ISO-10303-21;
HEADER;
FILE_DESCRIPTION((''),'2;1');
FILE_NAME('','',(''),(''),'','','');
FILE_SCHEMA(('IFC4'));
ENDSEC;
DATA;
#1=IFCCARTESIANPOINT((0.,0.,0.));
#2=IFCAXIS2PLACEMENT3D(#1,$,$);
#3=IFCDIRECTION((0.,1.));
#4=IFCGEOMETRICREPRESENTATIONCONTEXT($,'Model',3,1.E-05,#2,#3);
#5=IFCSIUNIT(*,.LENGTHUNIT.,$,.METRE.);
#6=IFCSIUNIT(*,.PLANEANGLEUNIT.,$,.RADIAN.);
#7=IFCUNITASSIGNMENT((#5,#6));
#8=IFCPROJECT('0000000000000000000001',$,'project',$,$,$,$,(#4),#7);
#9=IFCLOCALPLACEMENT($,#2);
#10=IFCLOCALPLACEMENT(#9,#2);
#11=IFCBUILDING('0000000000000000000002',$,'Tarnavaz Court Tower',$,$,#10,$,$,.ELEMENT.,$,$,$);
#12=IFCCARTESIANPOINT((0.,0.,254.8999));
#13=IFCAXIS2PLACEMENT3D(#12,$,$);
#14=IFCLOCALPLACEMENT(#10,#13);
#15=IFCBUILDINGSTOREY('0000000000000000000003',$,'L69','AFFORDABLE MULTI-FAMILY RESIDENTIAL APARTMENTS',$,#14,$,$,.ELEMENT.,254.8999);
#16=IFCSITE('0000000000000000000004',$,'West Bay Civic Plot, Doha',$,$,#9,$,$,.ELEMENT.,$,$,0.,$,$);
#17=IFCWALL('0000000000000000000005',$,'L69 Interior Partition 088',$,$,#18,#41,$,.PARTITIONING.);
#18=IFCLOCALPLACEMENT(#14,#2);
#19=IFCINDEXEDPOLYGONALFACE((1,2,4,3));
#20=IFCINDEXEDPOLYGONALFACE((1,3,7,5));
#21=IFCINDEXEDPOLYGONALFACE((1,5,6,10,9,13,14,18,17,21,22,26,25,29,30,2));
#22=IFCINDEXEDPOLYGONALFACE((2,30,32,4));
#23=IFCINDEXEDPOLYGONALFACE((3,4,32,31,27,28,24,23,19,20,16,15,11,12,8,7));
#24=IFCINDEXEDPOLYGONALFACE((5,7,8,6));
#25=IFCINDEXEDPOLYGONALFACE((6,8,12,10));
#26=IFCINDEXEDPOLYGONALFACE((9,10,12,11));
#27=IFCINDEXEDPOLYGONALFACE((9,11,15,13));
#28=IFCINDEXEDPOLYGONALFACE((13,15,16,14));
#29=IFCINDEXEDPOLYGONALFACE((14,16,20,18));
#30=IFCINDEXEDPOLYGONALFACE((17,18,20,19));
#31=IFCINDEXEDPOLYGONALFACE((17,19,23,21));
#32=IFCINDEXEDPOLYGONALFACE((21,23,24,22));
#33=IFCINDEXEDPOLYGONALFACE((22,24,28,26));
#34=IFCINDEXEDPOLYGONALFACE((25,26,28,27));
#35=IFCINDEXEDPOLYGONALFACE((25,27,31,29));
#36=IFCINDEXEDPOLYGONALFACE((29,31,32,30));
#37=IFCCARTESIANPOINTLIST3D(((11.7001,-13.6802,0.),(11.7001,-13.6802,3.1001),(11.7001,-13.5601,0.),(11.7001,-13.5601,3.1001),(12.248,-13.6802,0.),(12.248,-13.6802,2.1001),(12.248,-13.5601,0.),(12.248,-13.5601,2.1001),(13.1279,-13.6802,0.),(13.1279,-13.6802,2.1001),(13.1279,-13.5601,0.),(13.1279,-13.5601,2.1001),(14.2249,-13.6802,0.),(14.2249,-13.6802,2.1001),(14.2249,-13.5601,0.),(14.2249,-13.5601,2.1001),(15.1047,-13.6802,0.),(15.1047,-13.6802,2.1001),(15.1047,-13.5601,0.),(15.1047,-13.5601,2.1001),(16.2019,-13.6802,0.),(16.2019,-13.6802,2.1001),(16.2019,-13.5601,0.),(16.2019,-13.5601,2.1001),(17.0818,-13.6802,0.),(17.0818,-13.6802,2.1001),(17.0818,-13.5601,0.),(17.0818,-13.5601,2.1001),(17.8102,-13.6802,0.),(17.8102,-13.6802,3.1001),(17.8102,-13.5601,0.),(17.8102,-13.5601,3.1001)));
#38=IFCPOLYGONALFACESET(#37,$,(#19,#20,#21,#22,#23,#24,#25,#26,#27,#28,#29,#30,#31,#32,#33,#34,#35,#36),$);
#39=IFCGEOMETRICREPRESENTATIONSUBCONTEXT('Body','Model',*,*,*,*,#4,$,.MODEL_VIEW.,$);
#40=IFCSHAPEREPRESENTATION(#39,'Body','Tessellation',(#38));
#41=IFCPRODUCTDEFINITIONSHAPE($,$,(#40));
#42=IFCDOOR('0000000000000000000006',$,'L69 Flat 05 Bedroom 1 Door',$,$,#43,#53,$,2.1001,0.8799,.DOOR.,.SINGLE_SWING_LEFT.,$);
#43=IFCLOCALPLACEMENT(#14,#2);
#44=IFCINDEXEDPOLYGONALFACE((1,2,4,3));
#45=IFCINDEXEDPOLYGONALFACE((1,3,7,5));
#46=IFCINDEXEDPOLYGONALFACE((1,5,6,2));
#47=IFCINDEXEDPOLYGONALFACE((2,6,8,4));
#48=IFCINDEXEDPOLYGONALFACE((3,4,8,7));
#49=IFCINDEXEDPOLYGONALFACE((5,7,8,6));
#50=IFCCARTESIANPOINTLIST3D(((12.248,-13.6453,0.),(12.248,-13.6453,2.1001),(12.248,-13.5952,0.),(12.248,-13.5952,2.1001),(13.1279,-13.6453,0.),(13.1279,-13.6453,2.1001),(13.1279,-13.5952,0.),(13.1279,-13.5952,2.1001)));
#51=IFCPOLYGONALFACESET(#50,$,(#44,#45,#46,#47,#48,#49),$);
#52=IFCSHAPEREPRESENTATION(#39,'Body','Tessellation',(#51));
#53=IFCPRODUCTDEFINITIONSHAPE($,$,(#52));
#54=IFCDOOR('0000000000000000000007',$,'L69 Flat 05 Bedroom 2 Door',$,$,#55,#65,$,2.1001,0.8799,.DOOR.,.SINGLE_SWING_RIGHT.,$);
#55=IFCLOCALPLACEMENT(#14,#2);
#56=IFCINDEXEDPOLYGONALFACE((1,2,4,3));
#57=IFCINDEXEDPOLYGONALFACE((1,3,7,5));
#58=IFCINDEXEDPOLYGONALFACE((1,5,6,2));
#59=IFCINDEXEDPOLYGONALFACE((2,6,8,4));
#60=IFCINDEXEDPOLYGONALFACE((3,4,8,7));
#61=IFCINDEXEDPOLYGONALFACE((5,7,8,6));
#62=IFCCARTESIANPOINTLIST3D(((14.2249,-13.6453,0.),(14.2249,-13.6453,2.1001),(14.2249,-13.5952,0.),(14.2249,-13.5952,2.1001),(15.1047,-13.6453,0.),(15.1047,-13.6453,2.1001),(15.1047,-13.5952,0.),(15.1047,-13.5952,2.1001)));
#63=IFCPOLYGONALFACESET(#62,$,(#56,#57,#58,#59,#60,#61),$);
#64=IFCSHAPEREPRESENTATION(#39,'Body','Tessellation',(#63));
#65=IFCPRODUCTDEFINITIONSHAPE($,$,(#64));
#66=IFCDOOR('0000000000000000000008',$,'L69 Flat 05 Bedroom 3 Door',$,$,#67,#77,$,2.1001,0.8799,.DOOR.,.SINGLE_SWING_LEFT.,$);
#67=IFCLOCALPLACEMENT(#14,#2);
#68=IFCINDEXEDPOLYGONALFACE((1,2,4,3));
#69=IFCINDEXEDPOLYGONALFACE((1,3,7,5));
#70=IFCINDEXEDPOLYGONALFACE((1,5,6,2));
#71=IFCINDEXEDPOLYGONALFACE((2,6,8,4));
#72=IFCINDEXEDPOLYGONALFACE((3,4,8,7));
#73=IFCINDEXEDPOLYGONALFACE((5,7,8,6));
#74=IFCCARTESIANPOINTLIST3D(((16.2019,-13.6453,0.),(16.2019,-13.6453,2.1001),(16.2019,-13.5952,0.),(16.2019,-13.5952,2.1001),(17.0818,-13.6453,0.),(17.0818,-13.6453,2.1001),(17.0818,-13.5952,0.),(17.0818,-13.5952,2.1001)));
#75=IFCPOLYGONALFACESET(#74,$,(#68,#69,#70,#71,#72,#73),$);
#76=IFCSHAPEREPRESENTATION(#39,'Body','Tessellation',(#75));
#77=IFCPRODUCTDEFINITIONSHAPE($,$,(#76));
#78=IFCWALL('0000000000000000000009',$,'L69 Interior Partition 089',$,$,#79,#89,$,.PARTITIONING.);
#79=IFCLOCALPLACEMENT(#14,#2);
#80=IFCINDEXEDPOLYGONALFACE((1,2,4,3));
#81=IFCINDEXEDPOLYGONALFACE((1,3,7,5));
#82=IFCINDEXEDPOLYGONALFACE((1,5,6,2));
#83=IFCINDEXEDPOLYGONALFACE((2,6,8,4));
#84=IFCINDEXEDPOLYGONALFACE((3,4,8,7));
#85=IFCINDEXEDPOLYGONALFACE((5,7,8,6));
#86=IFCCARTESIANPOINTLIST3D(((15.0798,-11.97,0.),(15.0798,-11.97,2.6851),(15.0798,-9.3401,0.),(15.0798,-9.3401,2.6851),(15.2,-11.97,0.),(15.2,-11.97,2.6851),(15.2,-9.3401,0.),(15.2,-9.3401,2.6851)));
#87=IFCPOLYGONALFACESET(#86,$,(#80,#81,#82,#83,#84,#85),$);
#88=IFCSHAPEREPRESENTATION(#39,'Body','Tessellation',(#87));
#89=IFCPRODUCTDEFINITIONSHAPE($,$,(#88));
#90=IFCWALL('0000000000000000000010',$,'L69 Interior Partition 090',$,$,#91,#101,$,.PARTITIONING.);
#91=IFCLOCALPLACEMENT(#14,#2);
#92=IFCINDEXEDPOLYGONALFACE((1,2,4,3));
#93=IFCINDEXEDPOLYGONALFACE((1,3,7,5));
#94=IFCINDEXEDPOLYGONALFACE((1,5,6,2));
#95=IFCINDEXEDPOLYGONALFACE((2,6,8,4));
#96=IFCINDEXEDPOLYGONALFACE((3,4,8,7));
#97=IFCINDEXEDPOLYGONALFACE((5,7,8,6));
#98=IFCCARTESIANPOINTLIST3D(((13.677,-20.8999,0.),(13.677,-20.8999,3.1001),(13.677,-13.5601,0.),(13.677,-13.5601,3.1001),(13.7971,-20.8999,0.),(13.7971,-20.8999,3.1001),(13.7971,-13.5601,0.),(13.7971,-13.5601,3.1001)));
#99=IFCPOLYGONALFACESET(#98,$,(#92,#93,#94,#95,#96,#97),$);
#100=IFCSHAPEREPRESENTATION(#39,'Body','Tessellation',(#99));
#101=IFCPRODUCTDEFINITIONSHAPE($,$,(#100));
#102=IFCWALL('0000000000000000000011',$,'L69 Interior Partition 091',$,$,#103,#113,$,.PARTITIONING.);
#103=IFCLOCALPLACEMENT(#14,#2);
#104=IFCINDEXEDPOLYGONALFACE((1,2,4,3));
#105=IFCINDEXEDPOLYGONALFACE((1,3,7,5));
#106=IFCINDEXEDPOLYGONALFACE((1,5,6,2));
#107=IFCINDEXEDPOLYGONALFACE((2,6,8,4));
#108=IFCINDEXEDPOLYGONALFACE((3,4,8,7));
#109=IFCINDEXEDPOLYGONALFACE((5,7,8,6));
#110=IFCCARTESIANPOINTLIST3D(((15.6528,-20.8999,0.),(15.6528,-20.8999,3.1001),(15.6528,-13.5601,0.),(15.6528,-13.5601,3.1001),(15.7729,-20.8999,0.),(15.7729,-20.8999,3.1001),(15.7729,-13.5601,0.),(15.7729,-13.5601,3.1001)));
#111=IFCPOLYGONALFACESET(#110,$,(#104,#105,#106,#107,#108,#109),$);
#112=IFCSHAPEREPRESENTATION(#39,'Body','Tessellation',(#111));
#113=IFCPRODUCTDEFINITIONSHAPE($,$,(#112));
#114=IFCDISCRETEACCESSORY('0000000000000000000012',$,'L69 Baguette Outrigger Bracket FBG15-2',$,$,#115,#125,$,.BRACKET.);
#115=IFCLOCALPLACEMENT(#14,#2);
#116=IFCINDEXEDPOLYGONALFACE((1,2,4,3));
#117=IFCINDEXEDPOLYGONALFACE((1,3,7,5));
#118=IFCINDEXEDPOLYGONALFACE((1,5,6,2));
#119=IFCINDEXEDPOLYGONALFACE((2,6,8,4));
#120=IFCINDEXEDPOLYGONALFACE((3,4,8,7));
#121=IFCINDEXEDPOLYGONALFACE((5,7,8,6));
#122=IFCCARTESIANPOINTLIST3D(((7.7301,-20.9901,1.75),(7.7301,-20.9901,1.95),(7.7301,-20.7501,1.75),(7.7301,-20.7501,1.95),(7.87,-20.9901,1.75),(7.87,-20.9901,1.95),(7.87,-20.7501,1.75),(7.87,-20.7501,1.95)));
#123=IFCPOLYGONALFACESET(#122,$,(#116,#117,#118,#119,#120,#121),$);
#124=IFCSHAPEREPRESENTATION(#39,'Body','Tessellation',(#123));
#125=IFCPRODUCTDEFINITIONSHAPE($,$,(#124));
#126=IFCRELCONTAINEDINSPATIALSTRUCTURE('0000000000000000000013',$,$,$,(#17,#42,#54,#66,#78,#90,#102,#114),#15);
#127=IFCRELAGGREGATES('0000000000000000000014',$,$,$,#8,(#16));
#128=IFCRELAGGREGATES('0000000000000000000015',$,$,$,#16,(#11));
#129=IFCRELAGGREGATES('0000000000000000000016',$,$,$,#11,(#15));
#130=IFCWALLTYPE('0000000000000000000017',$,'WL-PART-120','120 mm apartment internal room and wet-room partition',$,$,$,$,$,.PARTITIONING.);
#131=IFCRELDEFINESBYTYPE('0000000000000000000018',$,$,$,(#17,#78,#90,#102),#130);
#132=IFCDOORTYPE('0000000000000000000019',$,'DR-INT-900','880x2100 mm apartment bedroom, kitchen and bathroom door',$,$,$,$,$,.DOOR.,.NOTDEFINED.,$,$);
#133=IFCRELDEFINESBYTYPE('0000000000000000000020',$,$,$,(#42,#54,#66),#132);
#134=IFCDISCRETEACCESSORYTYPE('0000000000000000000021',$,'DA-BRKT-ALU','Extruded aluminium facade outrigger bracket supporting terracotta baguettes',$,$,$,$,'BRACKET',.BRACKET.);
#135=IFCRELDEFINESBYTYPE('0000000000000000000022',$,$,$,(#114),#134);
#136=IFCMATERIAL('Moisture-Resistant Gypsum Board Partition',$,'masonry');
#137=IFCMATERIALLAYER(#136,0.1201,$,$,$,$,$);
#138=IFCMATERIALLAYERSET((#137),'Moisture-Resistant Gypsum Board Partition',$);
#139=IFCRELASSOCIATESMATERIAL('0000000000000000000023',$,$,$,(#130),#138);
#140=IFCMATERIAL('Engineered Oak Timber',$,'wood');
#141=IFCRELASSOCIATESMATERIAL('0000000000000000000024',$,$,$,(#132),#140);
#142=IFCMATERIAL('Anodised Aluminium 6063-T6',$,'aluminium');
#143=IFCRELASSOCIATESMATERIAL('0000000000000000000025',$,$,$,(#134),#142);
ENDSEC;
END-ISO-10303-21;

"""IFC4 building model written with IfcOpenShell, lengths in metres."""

from ifc_helpers import new_model, si_unit, direction, frame, frame_2d, origin, origin_2d, place, context, subcontext, project, spatial, rectangle, extrude, material, layer, layer_set, type_object, element, fill, save


model = new_model("IFC4")

# Units and contexts
model_context = context("Model", 3, precision=1e-05, world=origin(), true_north=direction((0.0, 1.0)))
body_context = subcontext(model_context, "Body", "Model", "MODEL_VIEW")
ifc_project = project(units=[si_unit("LENGTHUNIT", "METRE"), si_unit("PLANEANGLEUNIT", "RADIAN")], contexts=[model_context])

# Site, building, storey
site_placement = place(None, origin())
site = spatial("IfcSite", under=ifc_project, at=site_placement, Name="West Bay Civic Plot, Doha", CompositionType="ELEMENT", RefElevation=0.0)
building_placement = place(site_placement, origin())
building = spatial("IfcBuilding", under=site, at=building_placement, Name="Tarnavaz Court Tower", CompositionType="ELEMENT")
storey_placement = place(building_placement, frame((0.0, 0.0, 254.8999)))
storey = spatial("IfcBuildingStorey", under=building, at=storey_placement, Name="L69", Description="AFFORDABLE MULTI-FAMILY RESIDENTIAL APARTMENTS", CompositionType="ELEMENT", Elevation=254.8999)

# Shared definitions
ifc_material_1 = material(Name="Moisture-Resistant Gypsum Board Partition", Category="masonry")
ifc_layer_1 = layer(ifc_material_1, 0.1201)
ifc_layer_set_1 = layer_set([ifc_layer_1], Name="Moisture-Resistant Gypsum Board Partition")
wall_type_1 = type_object("IfcWallType", Name="WL-PART-120", Description="120 mm apartment internal room and wet-room partition", PredefinedType="PARTITIONING", material=ifc_layer_set_1)
ifc_material_2 = material(Name="Engineered Oak Timber", Category="wood")
door_type_1 = type_object("IfcDoorType", Name="DR-INT-900", Description="880x2100 mm apartment bedroom, kitchen and bathroom door", OperationType="NOTDEFINED", PredefinedType="DOOR", material=ifc_material_2)

# Wall, openings, doors
wall_1_placement = place(storey_placement, frame((11.7, -13.6201, 0.0), z_axis=(0.0, 0.0, 1.0), x_axis=(1.0, 0.0, 0.0)))
wall_1 = element("IfcWall", 1, at=wall_1_placement, inside=storey, type_object=wall_type_1, Name="L69 Interior Partition 088", PredefinedType="PARTITIONING", context=body_context, shape_type="SweptSolid", body=[
    extrude(rectangle(XDim=6.1101, YDim=0.1201, at=frame_2d((3.0552, 0.0))), origin(), (0.0, 0.0, 1.0), 3.1001),
])
opening_1_placement = place(wall_1_placement, frame((0.5481, 0.0, 0.0)))
opening_1 = element("IfcOpeningElement", 2, at=opening_1_placement, cuts=wall_1, PredefinedType="OPENING", context=body_context, shape_type="SweptSolid", body=[
    extrude(rectangle(XDim=0.8799, YDim=2.1001, at=frame_2d((0.4399, 1.05))), frame((0.0, 0.0701, 0.0), z_axis=(0.0, -1.0, 0.0), x_axis=(1.0, 0.0, 0.0)), (0.0, 0.0, 1.0), 0.1401),
])
opening_2_placement = place(wall_1_placement, frame((2.5249, 0.0, 0.0)))
opening_2 = element("IfcOpeningElement", 3, at=opening_2_placement, cuts=wall_1, PredefinedType="OPENING", context=body_context, shape_type="SweptSolid", body=[
    extrude(rectangle(XDim=0.8799, YDim=2.1001, at=frame_2d((0.4399, 1.05))), frame((0.0, 0.0701, 0.0), z_axis=(0.0, -1.0, 0.0), x_axis=(1.0, 0.0, 0.0)), (0.0, 0.0, 1.0), 0.1401),
])
opening_3_placement = place(wall_1_placement, frame((4.502, 0.0, 0.0)))
opening_3 = element("IfcOpeningElement", 4, at=opening_3_placement, cuts=wall_1, PredefinedType="OPENING", context=body_context, shape_type="SweptSolid", body=[
    extrude(rectangle(XDim=0.8799, YDim=2.1001, at=frame_2d((0.4399, 1.05))), frame((0.0, 0.0701, 0.0), z_axis=(0.0, -1.0, 0.0), x_axis=(1.0, 0.0, 0.0)), (0.0, 0.0, 1.0), 0.1401),
])
door_1_placement = place(opening_1_placement, origin())
door_1 = element("IfcDoor", 5, at=door_1_placement, inside=storey, type_object=door_type_1, Name="L69 Flat 05 Bedroom 1 Door", OperationType="SINGLE_SWING_LEFT", OverallHeight=2.1001, OverallWidth=0.8799, PredefinedType="DOOR", context=body_context, shape_type="SweptSolid", body=[
    extrude(rectangle(XDim=0.8799, YDim=2.1001, at=frame_2d((0.4399, 1.05))), frame((0.0, 0.0249, 0.0), z_axis=(0.0, -1.0, 0.0), x_axis=(1.0, 0.0, 0.0)), (0.0, 0.0, 1.0), 0.05),
])
fill(opening_1, door_1)
door_2_placement = place(opening_2_placement, origin())
door_2 = element("IfcDoor", 6, at=door_2_placement, inside=storey, type_object=door_type_1, Name="L69 Flat 05 Bedroom 2 Door", OperationType="SINGLE_SWING_RIGHT", OverallHeight=2.1001, OverallWidth=0.8799, PredefinedType="DOOR", context=body_context, shape_type="SweptSolid", body=[
    extrude(rectangle(XDim=0.8799, YDim=2.1001, at=frame_2d((0.4399, 1.05))), frame((0.0, 0.0249, 0.0), z_axis=(0.0, -1.0, 0.0), x_axis=(1.0, 0.0, 0.0)), (0.0, 0.0, 1.0), 0.05),
])
fill(opening_2, door_2)
door_3_placement = place(opening_3_placement, origin())
door_3 = element("IfcDoor", 7, at=door_3_placement, inside=storey, type_object=door_type_1, Name="L69 Flat 05 Bedroom 3 Door", OperationType="SINGLE_SWING_LEFT", OverallHeight=2.1001, OverallWidth=0.8799, PredefinedType="DOOR", context=body_context, shape_type="SweptSolid", body=[
    extrude(rectangle(XDim=0.8799, YDim=2.1001, at=frame_2d((0.4399, 1.05))), frame((0.0, 0.0249, 0.0), z_axis=(0.0, -1.0, 0.0), x_axis=(1.0, 0.0, 0.0)), (0.0, 0.0, 1.0), 0.05),
])
fill(opening_3, door_3)

# Walls
wall_2_placement = place(storey_placement, frame((15.1399, -11.97, 0.0), z_axis=(0.0, 0.0, 1.0), x_axis=(0.0, 1.0, 0.0)))
element("IfcWall", 8, at=wall_2_placement, inside=storey, type_object=wall_type_1, Name="L69 Interior Partition 089", PredefinedType="PARTITIONING", context=body_context, shape_type="SweptSolid", body=[
    extrude(rectangle(XDim=2.6299, YDim=0.1201, at=frame_2d((1.3149, 0.0))), origin(), (0.0, 0.0, 1.0), 2.6851),
])
for number, where, z_axis, x_axis, name in (
    (9, (13.7371, -20.8999, 0.0), (0.0, 0.0, 1.0), (0.0, 1.0, 0.0), "L69 Interior Partition 090"),
    (10, (15.7129, -20.8999, 0.0), (0.0, 0.0, 1.0), (0.0, 1.0, 0.0), "L69 Interior Partition 091"),
):
    element("IfcWall", number, at=place(storey_placement, frame(where, z_axis=z_axis, x_axis=x_axis)), inside=storey, type_object=wall_type_1, Name=name, PredefinedType="PARTITIONING", context=body_context, shape_type="SweptSolid", body=[
        extrude(rectangle(XDim=7.3398, YDim=0.1201, at=frame_2d((3.6699, 0.0))), origin(), (0.0, 0.0, 1.0), 3.1001),
    ])

# Discrete accessory
ifc_material_3 = material(Name="Anodised Aluminium 6063-T6", Category="aluminium")
discrete_accessory_type = type_object("IfcDiscreteAccessoryType", Name="DA-BRKT-ALU", Description="Extruded aluminium facade outrigger bracket supporting terracotta baguettes", ElementType="BRACKET", PredefinedType="BRACKET", material=ifc_material_3)
discrete_accessory_placement = place(storey_placement, frame((7.8, -20.8701, 1.75), z_axis=(0.0, 0.0, 1.0), x_axis=(-1.0, 0.0, 0.0)))
element("IfcDiscreteAccessory", 11, at=discrete_accessory_placement, inside=storey, type_object=discrete_accessory_type, Name="L69 Baguette Outrigger Bracket FBG15-2", PredefinedType="BRACKET", context=body_context, shape_type="SweptSolid", body=[
    extrude(rectangle(XDim=0.1399, YDim=0.24, at=origin_2d()), origin(), (0.0, 0.0, 1.0), 0.2),
])

save(model, "model.ifc")
